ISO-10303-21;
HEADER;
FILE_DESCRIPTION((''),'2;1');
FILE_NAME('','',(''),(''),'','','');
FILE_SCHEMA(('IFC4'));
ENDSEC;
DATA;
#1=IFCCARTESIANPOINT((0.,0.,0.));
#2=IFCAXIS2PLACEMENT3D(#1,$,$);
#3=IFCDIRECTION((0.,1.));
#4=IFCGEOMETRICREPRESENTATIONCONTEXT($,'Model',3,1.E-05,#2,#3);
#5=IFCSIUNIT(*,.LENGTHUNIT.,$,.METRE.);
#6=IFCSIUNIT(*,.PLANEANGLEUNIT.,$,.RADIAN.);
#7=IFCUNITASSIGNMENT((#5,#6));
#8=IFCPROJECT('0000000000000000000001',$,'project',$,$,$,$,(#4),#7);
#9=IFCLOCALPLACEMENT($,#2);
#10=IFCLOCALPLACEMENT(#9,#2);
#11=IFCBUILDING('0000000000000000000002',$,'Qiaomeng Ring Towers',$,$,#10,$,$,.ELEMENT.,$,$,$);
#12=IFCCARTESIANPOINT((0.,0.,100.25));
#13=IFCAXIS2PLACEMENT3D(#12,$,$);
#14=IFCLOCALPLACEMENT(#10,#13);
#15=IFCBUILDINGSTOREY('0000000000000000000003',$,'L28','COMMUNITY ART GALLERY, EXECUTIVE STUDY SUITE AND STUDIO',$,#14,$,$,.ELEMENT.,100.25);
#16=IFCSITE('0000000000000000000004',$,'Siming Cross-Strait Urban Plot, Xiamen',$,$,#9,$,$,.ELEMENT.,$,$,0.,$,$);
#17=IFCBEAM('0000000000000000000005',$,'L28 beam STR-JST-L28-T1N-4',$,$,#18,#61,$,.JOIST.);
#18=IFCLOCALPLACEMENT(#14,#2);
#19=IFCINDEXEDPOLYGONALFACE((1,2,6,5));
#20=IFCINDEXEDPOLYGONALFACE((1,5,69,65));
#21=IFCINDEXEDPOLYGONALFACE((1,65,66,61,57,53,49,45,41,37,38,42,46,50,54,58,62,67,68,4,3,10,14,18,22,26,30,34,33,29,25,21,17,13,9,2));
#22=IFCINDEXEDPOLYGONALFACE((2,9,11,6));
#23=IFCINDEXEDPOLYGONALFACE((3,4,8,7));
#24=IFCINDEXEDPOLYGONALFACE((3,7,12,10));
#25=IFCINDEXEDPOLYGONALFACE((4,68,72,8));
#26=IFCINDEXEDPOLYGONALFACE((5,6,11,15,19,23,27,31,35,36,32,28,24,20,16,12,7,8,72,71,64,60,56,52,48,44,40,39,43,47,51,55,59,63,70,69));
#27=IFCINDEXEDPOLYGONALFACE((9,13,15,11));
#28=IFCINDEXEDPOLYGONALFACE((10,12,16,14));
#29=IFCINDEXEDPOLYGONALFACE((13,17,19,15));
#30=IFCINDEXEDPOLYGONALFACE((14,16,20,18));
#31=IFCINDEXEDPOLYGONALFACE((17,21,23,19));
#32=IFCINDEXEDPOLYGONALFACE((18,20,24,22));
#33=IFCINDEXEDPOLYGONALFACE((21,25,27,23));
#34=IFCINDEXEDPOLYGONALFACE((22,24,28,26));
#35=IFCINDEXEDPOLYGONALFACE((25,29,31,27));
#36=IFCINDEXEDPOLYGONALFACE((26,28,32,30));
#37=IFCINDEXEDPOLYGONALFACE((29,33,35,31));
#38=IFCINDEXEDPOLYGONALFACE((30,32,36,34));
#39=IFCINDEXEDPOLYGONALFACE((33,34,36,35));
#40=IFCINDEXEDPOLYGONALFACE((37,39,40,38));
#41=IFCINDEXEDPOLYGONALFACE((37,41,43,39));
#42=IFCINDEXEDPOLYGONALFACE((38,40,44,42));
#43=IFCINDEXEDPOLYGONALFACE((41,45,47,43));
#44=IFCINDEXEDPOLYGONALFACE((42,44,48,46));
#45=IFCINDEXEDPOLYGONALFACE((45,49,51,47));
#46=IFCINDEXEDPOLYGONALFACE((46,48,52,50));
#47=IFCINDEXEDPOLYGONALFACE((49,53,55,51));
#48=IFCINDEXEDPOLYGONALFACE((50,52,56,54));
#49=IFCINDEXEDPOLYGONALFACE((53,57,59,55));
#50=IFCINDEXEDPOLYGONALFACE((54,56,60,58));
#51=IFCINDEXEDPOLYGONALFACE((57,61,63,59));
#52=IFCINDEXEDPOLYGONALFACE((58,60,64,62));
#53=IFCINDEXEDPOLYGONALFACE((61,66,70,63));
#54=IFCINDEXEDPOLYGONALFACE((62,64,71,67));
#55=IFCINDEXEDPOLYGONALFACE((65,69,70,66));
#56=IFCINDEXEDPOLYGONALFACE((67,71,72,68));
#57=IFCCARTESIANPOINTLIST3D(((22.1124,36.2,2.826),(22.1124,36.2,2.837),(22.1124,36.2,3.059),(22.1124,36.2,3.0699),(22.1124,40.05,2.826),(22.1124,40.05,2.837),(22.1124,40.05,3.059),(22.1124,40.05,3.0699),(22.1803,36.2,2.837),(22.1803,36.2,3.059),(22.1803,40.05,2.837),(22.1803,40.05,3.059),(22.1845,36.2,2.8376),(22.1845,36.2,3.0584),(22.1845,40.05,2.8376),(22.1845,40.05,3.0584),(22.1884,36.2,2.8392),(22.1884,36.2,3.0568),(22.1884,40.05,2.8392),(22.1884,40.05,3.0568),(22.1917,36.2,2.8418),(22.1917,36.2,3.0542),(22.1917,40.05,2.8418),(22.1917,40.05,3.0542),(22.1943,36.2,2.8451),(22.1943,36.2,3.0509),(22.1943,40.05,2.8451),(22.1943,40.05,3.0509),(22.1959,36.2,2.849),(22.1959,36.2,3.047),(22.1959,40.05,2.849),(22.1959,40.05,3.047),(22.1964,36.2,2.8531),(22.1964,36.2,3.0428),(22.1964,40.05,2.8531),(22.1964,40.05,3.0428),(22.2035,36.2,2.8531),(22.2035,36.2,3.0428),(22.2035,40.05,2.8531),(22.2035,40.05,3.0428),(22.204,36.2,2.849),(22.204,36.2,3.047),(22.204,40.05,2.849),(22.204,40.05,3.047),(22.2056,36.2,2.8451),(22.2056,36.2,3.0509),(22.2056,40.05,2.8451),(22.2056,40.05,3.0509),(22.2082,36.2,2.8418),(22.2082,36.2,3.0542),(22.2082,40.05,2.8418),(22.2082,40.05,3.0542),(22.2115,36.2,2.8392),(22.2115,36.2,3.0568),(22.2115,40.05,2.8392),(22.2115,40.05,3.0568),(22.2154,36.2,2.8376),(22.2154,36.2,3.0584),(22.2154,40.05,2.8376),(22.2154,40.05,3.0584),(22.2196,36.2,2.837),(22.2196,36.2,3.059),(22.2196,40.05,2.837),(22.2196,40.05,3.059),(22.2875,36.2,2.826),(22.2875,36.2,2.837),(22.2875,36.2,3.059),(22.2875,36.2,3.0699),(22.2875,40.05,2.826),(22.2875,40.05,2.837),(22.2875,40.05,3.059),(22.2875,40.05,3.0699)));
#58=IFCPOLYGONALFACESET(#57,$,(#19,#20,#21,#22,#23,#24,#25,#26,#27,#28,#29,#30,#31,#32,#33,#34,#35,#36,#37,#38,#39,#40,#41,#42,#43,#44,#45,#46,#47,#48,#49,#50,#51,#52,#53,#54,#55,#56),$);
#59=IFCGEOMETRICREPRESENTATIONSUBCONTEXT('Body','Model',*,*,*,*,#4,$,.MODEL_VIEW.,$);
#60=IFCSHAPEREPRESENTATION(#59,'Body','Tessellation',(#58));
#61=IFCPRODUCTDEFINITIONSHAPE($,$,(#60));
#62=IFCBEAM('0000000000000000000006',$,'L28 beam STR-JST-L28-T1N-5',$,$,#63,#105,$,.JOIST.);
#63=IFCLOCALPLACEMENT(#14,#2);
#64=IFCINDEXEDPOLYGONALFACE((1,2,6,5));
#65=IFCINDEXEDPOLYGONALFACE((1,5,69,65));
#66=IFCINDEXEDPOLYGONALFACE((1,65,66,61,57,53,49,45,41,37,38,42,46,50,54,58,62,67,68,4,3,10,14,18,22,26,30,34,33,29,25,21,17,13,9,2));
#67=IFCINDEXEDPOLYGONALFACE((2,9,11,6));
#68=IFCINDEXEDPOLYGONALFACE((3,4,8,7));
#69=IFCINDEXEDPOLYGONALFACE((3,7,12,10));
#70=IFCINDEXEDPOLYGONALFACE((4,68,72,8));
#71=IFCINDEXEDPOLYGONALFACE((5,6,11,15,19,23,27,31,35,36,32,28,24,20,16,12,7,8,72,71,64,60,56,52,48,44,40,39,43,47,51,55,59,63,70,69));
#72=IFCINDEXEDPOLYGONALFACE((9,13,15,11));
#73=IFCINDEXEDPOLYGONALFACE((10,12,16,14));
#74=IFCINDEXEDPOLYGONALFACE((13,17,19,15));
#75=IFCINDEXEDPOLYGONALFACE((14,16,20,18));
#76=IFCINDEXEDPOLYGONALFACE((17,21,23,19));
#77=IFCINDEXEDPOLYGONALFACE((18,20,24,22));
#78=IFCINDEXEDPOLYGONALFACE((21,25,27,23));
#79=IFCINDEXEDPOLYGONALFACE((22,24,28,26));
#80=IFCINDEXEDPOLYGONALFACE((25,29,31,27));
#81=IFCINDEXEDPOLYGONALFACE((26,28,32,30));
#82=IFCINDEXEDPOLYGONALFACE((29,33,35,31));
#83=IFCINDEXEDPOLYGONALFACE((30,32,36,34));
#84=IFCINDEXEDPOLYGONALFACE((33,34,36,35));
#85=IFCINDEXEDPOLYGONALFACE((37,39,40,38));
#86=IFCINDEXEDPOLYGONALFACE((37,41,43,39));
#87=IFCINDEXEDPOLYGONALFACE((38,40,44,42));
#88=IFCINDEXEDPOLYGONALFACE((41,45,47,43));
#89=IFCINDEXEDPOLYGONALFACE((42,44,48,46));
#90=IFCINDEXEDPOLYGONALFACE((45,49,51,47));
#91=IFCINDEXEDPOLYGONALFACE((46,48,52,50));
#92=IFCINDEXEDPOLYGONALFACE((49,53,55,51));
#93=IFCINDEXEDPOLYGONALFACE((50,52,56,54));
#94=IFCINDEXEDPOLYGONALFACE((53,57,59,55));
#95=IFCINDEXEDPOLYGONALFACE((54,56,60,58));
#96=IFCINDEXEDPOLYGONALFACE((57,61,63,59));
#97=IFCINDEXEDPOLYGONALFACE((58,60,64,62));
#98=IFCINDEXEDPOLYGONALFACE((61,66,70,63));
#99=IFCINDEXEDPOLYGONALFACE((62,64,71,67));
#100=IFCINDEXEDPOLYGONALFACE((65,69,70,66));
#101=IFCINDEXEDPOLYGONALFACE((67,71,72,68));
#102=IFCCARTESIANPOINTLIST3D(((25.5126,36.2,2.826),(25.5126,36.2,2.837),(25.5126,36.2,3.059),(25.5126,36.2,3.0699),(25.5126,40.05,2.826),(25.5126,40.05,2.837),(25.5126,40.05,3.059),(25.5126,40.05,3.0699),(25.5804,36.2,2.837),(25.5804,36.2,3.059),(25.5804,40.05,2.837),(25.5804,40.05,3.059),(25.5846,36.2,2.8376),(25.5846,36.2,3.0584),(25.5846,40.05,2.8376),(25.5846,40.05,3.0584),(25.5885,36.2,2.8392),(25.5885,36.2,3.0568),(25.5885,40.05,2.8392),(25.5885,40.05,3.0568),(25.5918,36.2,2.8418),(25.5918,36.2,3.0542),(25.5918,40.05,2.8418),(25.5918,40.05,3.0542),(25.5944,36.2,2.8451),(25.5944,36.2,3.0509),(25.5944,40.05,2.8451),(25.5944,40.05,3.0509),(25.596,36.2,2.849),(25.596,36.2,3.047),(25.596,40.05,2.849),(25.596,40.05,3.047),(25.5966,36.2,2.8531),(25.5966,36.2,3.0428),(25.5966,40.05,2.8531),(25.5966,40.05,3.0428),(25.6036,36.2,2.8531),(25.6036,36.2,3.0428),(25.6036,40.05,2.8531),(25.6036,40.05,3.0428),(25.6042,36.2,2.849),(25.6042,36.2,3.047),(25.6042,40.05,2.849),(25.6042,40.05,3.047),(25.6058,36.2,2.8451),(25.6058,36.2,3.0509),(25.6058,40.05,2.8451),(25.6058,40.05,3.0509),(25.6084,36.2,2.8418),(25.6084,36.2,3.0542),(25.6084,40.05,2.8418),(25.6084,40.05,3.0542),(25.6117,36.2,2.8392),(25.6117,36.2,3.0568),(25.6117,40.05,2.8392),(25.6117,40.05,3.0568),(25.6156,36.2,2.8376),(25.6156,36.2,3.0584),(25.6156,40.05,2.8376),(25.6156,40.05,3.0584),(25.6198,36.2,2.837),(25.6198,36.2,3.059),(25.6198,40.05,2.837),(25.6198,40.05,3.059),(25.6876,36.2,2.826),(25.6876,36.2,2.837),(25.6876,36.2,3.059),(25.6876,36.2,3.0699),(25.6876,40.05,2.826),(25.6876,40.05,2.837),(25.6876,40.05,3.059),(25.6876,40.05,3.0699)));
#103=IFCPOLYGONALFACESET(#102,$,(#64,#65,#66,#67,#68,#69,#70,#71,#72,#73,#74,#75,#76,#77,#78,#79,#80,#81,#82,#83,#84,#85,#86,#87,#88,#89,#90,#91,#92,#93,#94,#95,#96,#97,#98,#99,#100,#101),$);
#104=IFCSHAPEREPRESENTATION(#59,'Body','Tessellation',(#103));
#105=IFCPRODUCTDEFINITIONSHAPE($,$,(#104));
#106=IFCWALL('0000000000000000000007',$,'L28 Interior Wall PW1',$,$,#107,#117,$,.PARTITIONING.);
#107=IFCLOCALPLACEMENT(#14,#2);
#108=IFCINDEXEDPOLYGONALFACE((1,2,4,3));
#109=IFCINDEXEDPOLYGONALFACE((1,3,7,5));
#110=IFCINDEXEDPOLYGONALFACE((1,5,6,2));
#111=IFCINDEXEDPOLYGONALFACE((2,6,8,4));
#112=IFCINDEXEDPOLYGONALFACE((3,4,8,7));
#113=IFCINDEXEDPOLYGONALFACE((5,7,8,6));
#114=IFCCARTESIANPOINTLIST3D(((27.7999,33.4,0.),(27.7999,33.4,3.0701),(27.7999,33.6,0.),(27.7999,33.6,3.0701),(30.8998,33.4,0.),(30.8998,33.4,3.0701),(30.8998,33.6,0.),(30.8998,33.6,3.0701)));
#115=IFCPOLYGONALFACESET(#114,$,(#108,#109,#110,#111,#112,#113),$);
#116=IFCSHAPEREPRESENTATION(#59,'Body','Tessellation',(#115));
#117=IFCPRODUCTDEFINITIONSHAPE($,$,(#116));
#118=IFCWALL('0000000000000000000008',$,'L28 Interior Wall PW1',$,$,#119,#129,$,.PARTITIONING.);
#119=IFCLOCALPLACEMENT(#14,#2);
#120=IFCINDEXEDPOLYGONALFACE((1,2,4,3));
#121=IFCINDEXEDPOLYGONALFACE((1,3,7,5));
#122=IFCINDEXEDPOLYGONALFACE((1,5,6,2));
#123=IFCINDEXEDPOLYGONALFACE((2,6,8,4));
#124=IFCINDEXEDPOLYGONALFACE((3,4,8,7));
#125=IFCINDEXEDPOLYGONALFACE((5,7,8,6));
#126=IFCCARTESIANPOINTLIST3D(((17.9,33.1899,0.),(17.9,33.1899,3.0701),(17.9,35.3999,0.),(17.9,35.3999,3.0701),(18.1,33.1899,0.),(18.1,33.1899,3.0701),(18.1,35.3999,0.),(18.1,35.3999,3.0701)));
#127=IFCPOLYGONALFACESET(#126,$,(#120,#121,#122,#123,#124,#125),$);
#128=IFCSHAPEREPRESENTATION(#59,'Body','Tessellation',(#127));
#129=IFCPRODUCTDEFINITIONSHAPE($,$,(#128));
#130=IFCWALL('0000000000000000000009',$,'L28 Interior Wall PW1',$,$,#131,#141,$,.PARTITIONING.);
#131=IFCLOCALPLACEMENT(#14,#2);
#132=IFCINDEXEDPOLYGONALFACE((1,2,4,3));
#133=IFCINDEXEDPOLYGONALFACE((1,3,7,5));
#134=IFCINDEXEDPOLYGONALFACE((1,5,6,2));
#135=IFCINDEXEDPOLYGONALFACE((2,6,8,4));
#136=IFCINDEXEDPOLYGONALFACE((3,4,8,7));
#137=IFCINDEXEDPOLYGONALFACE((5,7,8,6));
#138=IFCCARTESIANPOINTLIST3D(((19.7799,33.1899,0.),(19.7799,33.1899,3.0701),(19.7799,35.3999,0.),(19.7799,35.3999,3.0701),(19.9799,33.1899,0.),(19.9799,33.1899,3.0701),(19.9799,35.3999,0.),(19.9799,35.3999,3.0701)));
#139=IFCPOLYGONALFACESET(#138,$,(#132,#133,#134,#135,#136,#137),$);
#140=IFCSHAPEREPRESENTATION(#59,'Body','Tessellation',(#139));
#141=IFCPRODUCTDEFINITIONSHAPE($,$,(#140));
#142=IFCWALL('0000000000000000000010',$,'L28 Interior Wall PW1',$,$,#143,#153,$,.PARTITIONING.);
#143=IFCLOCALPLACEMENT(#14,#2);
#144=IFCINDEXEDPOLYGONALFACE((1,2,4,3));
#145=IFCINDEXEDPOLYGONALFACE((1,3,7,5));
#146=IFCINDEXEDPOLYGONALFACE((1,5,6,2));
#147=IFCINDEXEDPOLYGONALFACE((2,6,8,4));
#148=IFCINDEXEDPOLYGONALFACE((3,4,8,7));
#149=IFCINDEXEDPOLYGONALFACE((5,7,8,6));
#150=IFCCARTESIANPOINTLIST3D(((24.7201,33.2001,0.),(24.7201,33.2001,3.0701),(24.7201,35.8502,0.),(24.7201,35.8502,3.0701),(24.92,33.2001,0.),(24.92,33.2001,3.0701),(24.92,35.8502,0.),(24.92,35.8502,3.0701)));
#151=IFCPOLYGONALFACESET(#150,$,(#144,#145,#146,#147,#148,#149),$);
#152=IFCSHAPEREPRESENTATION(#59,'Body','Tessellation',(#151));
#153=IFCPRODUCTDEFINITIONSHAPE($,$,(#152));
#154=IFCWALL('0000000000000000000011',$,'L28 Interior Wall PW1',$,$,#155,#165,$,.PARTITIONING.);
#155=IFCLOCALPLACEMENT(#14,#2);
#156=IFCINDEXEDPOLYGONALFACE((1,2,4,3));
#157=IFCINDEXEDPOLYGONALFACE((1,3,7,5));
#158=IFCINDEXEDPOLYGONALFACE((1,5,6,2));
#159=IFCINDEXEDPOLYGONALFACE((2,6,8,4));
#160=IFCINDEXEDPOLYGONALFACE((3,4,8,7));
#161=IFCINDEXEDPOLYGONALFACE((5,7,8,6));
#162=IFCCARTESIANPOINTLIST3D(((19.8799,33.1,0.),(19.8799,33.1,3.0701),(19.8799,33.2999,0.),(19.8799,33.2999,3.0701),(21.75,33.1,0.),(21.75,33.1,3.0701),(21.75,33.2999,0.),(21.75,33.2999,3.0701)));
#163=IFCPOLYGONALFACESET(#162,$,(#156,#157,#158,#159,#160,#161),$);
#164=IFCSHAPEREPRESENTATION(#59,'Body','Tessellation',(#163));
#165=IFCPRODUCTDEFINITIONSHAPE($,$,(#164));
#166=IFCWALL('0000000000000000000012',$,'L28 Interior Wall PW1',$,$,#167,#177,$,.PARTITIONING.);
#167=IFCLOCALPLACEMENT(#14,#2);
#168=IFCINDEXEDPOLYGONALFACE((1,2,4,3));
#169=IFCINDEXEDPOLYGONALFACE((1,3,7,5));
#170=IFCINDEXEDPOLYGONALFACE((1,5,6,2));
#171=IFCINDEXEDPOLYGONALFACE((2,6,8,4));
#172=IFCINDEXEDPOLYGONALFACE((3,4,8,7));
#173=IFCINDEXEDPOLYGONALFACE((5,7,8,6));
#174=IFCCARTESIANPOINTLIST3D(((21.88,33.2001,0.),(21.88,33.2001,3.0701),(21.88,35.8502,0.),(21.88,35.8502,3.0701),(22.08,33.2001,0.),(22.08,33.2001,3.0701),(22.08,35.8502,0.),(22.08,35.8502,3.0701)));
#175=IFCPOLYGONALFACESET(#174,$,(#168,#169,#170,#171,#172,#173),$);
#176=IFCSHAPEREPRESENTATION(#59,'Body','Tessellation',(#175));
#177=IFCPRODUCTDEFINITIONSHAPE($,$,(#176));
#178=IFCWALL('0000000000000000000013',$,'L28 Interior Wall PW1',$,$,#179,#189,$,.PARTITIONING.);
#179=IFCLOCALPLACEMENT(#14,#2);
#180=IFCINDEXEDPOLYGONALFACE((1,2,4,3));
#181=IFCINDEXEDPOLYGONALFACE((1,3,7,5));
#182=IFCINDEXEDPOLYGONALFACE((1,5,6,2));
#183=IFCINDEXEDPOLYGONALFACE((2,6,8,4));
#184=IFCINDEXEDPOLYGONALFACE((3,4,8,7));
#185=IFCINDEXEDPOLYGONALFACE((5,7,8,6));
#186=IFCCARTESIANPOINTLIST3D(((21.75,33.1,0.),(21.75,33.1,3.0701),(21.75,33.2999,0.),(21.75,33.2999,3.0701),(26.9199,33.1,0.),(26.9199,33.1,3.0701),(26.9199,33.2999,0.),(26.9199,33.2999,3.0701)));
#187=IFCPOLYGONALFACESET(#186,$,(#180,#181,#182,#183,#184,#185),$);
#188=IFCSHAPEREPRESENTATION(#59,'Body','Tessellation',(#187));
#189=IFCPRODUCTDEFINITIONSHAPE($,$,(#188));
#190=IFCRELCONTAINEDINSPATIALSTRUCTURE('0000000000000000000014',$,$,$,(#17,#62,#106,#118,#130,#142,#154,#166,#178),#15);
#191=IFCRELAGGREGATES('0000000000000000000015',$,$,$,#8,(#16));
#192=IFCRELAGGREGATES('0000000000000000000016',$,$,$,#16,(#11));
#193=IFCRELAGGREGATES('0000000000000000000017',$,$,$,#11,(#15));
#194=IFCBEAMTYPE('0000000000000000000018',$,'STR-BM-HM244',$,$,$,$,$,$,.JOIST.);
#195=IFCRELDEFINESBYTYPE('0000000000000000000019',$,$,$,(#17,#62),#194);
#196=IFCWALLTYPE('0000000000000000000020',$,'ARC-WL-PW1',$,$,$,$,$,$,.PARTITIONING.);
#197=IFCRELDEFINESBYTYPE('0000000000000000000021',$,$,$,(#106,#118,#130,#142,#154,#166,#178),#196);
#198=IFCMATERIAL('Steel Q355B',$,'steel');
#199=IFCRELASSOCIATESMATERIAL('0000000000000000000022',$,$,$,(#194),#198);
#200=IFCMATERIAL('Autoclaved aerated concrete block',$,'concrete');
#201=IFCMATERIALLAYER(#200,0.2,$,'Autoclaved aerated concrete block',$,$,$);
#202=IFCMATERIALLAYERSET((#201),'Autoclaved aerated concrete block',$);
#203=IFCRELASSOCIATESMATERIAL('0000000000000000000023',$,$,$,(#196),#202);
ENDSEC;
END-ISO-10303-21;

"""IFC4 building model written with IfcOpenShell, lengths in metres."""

from ifc_helpers import new_model, si_unit, direction, frame, frame_2d, origin, origin_2d, place, context, subcontext, project, spatial, rectangle, i_section, extrude, source, transform, mapped, material, layer, layer_set, material_profile, profile_set, type_object, element, save


model = new_model("IFC4")

# Units and contexts
model_context = context("Model", 3, precision=1e-05, world=origin(), true_north=direction((0.0, 1.0)))
body_context = subcontext(model_context, "Body", "Model", "MODEL_VIEW")
ifc_project = project(units=[si_unit("LENGTHUNIT", "METRE"), si_unit("PLANEANGLEUNIT", "RADIAN")], contexts=[model_context])

# Site, building, storey
site_placement = place(None, origin())
site = spatial("IfcSite", under=ifc_project, at=site_placement, Name="Siming Cross-Strait Urban Plot, Xiamen", CompositionType="ELEMENT", RefElevation=0.0)
building_placement = place(site_placement, origin())
building = spatial("IfcBuilding", under=site, at=building_placement, Name="Qiaomeng Ring Towers", CompositionType="ELEMENT")
storey_placement = place(building_placement, frame((0.0, 0.0, 100.25)))
storey = spatial("IfcBuildingStorey", under=building, at=storey_placement, Name="L28", Description="COMMUNITY ART GALLERY, EXECUTIVE STUDY SUITE AND STUDIO", CompositionType="ELEMENT", Elevation=100.25)

# Beams
ifc_material_1 = material(Name="Steel Q355B", Category="steel")
ifc_material_profile_1 = material_profile(ifc_material_1, i_section(OverallWidth=0.175, OverallDepth=0.2439, WebThickness=0.0071, FlangeThickness=0.011, FilletRadius=0.0161, at=origin_2d()), Name="HM 244x175x7x11")
ifc_profile_set_1 = profile_set([ifc_material_profile_1], Name="Steel Q355B")
beam_type_1 = type_object("IfcBeamType", Name="STR-BM-HM244", PredefinedType="JOIST", material=ifc_profile_set_1)
shared_shape_1 = source(origin(), body_context, "Body", "SweptSolid", [
    extrude(i_section(OverallWidth=0.175, OverallDepth=0.2439, WebThickness=0.0071, FlangeThickness=0.011, FilletRadius=0.0161, at=origin_2d()), origin(), (0.0, 0.0, 1.0), 3.8501),
])
for number, where, z_axis, x_axis, name in (
    (1, (22.2, 36.2, 2.948), (0.0, 1.0, 0.0), (-1.0, 0.0, 0.0), "L28 beam STR-JST-L28-T1N-4"),
    (2, (25.6001, 36.2, 2.948), (0.0, 1.0, 0.0), (-1.0, 0.0, 0.0), "L28 beam STR-JST-L28-T1N-5"),
):
    element("IfcBeam", number, at=place(storey_placement, frame(where, z_axis=z_axis, x_axis=x_axis)), inside=storey, type_object=beam_type_1, Name=name, PredefinedType="JOIST", context=body_context, shape_type="MappedRepresentation", body=[
        mapped(shared_shape_1, transform((0.0, 0.0, 0.0), x_axis=(1.0, 0.0, 0.0), y_axis=(0.0, 1.0, 0.0), z_axis=(0.0, 0.0, 1.0), scale=1.0)),
    ])

# Walls
ifc_material_2 = material(Name="Autoclaved aerated concrete block", Category="concrete")
ifc_layer_1 = layer(ifc_material_2, 0.2, Name="Autoclaved aerated concrete block")
ifc_layer_set_1 = layer_set([ifc_layer_1], Name="Autoclaved aerated concrete block")
wall_type_1 = type_object("IfcWallType", Name="ARC-WL-PW1", PredefinedType="PARTITIONING", material=ifc_layer_set_1)
wall_1_placement = place(storey_placement, frame((27.8, 33.5, 0.0), z_axis=(0.0, 0.0, 1.0), x_axis=(1.0, 0.0, 0.0)))
element("IfcWall", 3, at=wall_1_placement, inside=storey, type_object=wall_type_1, Name="L28 Interior Wall PW1", PredefinedType="PARTITIONING", context=body_context, shape_type="SweptSolid", body=[
    extrude(rectangle(XDim=3.0999, YDim=0.2, at=frame_2d((1.5498, 0.0))), origin(), (0.0, 0.0, 1.0), 3.0701),
])
for number, where, z_axis, x_axis, name in (
    (4, (18.0, 33.1899, 0.0), (0.0, 0.0, 1.0), (0.0, 1.0, 0.0), "L28 Interior Wall PW1"),
    (5, (19.8799, 33.1899, 0.0), (0.0, 0.0, 1.0), (0.0, 1.0, 0.0), "L28 Interior Wall PW1"),
):
    element("IfcWall", number, at=place(storey_placement, frame(where, z_axis=z_axis, x_axis=x_axis)), inside=storey, type_object=wall_type_1, Name=name, PredefinedType="PARTITIONING", context=body_context, shape_type="SweptSolid", body=[
        extrude(rectangle(XDim=2.21, YDim=0.2, at=frame_2d((1.105, 0.0))), origin(), (0.0, 0.0, 1.0), 3.0701),
    ])
wall_2_placement = place(storey_placement, frame((24.8201, 33.2, 0.0), z_axis=(0.0, 0.0, 1.0), x_axis=(0.0, 1.0, 0.0)))
element("IfcWall", 6, at=wall_2_placement, inside=storey, type_object=wall_type_1, Name="L28 Interior Wall PW1", PredefinedType="PARTITIONING", context=body_context, shape_type="SweptSolid", body=[
    extrude(rectangle(XDim=2.6501, YDim=0.2, at=frame_2d((1.3252, 0.0))), origin(), (0.0, 0.0, 1.0), 3.0701),
])
wall_3_placement = place(storey_placement, frame((19.8799, 33.2, 0.0), z_axis=(0.0, 0.0, 1.0), x_axis=(1.0, 0.0, 0.0)))
element("IfcWall", 7, at=wall_3_placement, inside=storey, type_object=wall_type_1, Name="L28 Interior Wall PW1", PredefinedType="PARTITIONING", context=body_context, shape_type="SweptSolid", body=[
    extrude(rectangle(XDim=1.8701, YDim=0.2, at=frame_2d((0.9351, 0.0))), origin(), (0.0, 0.0, 1.0), 3.0701),
])
wall_4_placement = place(storey_placement, frame((21.98, 33.2, 0.0), z_axis=(0.0, 0.0, 1.0), x_axis=(0.0, 1.0, 0.0)))
element("IfcWall", 8, at=wall_4_placement, inside=storey, type_object=wall_type_1, Name="L28 Interior Wall PW1", PredefinedType="PARTITIONING", context=body_context, shape_type="SweptSolid", body=[
    extrude(rectangle(XDim=2.6501, YDim=0.2, at=frame_2d((1.3252, 0.0))), origin(), (0.0, 0.0, 1.0), 3.0701),
])
wall_5_placement = place(storey_placement, frame((21.75, 33.2, 0.0), z_axis=(0.0, 0.0, 1.0), x_axis=(1.0, 0.0, 0.0)))
element("IfcWall", 9, at=wall_5_placement, inside=storey, type_object=wall_type_1, Name="L28 Interior Wall PW1", PredefinedType="PARTITIONING", context=body_context, shape_type="SweptSolid", body=[
    extrude(rectangle(XDim=5.1699, YDim=0.2, at=frame_2d((2.585, 0.0))), origin(), (0.0, 0.0, 1.0), 3.0701),
])

save(model, "model.ifc")
